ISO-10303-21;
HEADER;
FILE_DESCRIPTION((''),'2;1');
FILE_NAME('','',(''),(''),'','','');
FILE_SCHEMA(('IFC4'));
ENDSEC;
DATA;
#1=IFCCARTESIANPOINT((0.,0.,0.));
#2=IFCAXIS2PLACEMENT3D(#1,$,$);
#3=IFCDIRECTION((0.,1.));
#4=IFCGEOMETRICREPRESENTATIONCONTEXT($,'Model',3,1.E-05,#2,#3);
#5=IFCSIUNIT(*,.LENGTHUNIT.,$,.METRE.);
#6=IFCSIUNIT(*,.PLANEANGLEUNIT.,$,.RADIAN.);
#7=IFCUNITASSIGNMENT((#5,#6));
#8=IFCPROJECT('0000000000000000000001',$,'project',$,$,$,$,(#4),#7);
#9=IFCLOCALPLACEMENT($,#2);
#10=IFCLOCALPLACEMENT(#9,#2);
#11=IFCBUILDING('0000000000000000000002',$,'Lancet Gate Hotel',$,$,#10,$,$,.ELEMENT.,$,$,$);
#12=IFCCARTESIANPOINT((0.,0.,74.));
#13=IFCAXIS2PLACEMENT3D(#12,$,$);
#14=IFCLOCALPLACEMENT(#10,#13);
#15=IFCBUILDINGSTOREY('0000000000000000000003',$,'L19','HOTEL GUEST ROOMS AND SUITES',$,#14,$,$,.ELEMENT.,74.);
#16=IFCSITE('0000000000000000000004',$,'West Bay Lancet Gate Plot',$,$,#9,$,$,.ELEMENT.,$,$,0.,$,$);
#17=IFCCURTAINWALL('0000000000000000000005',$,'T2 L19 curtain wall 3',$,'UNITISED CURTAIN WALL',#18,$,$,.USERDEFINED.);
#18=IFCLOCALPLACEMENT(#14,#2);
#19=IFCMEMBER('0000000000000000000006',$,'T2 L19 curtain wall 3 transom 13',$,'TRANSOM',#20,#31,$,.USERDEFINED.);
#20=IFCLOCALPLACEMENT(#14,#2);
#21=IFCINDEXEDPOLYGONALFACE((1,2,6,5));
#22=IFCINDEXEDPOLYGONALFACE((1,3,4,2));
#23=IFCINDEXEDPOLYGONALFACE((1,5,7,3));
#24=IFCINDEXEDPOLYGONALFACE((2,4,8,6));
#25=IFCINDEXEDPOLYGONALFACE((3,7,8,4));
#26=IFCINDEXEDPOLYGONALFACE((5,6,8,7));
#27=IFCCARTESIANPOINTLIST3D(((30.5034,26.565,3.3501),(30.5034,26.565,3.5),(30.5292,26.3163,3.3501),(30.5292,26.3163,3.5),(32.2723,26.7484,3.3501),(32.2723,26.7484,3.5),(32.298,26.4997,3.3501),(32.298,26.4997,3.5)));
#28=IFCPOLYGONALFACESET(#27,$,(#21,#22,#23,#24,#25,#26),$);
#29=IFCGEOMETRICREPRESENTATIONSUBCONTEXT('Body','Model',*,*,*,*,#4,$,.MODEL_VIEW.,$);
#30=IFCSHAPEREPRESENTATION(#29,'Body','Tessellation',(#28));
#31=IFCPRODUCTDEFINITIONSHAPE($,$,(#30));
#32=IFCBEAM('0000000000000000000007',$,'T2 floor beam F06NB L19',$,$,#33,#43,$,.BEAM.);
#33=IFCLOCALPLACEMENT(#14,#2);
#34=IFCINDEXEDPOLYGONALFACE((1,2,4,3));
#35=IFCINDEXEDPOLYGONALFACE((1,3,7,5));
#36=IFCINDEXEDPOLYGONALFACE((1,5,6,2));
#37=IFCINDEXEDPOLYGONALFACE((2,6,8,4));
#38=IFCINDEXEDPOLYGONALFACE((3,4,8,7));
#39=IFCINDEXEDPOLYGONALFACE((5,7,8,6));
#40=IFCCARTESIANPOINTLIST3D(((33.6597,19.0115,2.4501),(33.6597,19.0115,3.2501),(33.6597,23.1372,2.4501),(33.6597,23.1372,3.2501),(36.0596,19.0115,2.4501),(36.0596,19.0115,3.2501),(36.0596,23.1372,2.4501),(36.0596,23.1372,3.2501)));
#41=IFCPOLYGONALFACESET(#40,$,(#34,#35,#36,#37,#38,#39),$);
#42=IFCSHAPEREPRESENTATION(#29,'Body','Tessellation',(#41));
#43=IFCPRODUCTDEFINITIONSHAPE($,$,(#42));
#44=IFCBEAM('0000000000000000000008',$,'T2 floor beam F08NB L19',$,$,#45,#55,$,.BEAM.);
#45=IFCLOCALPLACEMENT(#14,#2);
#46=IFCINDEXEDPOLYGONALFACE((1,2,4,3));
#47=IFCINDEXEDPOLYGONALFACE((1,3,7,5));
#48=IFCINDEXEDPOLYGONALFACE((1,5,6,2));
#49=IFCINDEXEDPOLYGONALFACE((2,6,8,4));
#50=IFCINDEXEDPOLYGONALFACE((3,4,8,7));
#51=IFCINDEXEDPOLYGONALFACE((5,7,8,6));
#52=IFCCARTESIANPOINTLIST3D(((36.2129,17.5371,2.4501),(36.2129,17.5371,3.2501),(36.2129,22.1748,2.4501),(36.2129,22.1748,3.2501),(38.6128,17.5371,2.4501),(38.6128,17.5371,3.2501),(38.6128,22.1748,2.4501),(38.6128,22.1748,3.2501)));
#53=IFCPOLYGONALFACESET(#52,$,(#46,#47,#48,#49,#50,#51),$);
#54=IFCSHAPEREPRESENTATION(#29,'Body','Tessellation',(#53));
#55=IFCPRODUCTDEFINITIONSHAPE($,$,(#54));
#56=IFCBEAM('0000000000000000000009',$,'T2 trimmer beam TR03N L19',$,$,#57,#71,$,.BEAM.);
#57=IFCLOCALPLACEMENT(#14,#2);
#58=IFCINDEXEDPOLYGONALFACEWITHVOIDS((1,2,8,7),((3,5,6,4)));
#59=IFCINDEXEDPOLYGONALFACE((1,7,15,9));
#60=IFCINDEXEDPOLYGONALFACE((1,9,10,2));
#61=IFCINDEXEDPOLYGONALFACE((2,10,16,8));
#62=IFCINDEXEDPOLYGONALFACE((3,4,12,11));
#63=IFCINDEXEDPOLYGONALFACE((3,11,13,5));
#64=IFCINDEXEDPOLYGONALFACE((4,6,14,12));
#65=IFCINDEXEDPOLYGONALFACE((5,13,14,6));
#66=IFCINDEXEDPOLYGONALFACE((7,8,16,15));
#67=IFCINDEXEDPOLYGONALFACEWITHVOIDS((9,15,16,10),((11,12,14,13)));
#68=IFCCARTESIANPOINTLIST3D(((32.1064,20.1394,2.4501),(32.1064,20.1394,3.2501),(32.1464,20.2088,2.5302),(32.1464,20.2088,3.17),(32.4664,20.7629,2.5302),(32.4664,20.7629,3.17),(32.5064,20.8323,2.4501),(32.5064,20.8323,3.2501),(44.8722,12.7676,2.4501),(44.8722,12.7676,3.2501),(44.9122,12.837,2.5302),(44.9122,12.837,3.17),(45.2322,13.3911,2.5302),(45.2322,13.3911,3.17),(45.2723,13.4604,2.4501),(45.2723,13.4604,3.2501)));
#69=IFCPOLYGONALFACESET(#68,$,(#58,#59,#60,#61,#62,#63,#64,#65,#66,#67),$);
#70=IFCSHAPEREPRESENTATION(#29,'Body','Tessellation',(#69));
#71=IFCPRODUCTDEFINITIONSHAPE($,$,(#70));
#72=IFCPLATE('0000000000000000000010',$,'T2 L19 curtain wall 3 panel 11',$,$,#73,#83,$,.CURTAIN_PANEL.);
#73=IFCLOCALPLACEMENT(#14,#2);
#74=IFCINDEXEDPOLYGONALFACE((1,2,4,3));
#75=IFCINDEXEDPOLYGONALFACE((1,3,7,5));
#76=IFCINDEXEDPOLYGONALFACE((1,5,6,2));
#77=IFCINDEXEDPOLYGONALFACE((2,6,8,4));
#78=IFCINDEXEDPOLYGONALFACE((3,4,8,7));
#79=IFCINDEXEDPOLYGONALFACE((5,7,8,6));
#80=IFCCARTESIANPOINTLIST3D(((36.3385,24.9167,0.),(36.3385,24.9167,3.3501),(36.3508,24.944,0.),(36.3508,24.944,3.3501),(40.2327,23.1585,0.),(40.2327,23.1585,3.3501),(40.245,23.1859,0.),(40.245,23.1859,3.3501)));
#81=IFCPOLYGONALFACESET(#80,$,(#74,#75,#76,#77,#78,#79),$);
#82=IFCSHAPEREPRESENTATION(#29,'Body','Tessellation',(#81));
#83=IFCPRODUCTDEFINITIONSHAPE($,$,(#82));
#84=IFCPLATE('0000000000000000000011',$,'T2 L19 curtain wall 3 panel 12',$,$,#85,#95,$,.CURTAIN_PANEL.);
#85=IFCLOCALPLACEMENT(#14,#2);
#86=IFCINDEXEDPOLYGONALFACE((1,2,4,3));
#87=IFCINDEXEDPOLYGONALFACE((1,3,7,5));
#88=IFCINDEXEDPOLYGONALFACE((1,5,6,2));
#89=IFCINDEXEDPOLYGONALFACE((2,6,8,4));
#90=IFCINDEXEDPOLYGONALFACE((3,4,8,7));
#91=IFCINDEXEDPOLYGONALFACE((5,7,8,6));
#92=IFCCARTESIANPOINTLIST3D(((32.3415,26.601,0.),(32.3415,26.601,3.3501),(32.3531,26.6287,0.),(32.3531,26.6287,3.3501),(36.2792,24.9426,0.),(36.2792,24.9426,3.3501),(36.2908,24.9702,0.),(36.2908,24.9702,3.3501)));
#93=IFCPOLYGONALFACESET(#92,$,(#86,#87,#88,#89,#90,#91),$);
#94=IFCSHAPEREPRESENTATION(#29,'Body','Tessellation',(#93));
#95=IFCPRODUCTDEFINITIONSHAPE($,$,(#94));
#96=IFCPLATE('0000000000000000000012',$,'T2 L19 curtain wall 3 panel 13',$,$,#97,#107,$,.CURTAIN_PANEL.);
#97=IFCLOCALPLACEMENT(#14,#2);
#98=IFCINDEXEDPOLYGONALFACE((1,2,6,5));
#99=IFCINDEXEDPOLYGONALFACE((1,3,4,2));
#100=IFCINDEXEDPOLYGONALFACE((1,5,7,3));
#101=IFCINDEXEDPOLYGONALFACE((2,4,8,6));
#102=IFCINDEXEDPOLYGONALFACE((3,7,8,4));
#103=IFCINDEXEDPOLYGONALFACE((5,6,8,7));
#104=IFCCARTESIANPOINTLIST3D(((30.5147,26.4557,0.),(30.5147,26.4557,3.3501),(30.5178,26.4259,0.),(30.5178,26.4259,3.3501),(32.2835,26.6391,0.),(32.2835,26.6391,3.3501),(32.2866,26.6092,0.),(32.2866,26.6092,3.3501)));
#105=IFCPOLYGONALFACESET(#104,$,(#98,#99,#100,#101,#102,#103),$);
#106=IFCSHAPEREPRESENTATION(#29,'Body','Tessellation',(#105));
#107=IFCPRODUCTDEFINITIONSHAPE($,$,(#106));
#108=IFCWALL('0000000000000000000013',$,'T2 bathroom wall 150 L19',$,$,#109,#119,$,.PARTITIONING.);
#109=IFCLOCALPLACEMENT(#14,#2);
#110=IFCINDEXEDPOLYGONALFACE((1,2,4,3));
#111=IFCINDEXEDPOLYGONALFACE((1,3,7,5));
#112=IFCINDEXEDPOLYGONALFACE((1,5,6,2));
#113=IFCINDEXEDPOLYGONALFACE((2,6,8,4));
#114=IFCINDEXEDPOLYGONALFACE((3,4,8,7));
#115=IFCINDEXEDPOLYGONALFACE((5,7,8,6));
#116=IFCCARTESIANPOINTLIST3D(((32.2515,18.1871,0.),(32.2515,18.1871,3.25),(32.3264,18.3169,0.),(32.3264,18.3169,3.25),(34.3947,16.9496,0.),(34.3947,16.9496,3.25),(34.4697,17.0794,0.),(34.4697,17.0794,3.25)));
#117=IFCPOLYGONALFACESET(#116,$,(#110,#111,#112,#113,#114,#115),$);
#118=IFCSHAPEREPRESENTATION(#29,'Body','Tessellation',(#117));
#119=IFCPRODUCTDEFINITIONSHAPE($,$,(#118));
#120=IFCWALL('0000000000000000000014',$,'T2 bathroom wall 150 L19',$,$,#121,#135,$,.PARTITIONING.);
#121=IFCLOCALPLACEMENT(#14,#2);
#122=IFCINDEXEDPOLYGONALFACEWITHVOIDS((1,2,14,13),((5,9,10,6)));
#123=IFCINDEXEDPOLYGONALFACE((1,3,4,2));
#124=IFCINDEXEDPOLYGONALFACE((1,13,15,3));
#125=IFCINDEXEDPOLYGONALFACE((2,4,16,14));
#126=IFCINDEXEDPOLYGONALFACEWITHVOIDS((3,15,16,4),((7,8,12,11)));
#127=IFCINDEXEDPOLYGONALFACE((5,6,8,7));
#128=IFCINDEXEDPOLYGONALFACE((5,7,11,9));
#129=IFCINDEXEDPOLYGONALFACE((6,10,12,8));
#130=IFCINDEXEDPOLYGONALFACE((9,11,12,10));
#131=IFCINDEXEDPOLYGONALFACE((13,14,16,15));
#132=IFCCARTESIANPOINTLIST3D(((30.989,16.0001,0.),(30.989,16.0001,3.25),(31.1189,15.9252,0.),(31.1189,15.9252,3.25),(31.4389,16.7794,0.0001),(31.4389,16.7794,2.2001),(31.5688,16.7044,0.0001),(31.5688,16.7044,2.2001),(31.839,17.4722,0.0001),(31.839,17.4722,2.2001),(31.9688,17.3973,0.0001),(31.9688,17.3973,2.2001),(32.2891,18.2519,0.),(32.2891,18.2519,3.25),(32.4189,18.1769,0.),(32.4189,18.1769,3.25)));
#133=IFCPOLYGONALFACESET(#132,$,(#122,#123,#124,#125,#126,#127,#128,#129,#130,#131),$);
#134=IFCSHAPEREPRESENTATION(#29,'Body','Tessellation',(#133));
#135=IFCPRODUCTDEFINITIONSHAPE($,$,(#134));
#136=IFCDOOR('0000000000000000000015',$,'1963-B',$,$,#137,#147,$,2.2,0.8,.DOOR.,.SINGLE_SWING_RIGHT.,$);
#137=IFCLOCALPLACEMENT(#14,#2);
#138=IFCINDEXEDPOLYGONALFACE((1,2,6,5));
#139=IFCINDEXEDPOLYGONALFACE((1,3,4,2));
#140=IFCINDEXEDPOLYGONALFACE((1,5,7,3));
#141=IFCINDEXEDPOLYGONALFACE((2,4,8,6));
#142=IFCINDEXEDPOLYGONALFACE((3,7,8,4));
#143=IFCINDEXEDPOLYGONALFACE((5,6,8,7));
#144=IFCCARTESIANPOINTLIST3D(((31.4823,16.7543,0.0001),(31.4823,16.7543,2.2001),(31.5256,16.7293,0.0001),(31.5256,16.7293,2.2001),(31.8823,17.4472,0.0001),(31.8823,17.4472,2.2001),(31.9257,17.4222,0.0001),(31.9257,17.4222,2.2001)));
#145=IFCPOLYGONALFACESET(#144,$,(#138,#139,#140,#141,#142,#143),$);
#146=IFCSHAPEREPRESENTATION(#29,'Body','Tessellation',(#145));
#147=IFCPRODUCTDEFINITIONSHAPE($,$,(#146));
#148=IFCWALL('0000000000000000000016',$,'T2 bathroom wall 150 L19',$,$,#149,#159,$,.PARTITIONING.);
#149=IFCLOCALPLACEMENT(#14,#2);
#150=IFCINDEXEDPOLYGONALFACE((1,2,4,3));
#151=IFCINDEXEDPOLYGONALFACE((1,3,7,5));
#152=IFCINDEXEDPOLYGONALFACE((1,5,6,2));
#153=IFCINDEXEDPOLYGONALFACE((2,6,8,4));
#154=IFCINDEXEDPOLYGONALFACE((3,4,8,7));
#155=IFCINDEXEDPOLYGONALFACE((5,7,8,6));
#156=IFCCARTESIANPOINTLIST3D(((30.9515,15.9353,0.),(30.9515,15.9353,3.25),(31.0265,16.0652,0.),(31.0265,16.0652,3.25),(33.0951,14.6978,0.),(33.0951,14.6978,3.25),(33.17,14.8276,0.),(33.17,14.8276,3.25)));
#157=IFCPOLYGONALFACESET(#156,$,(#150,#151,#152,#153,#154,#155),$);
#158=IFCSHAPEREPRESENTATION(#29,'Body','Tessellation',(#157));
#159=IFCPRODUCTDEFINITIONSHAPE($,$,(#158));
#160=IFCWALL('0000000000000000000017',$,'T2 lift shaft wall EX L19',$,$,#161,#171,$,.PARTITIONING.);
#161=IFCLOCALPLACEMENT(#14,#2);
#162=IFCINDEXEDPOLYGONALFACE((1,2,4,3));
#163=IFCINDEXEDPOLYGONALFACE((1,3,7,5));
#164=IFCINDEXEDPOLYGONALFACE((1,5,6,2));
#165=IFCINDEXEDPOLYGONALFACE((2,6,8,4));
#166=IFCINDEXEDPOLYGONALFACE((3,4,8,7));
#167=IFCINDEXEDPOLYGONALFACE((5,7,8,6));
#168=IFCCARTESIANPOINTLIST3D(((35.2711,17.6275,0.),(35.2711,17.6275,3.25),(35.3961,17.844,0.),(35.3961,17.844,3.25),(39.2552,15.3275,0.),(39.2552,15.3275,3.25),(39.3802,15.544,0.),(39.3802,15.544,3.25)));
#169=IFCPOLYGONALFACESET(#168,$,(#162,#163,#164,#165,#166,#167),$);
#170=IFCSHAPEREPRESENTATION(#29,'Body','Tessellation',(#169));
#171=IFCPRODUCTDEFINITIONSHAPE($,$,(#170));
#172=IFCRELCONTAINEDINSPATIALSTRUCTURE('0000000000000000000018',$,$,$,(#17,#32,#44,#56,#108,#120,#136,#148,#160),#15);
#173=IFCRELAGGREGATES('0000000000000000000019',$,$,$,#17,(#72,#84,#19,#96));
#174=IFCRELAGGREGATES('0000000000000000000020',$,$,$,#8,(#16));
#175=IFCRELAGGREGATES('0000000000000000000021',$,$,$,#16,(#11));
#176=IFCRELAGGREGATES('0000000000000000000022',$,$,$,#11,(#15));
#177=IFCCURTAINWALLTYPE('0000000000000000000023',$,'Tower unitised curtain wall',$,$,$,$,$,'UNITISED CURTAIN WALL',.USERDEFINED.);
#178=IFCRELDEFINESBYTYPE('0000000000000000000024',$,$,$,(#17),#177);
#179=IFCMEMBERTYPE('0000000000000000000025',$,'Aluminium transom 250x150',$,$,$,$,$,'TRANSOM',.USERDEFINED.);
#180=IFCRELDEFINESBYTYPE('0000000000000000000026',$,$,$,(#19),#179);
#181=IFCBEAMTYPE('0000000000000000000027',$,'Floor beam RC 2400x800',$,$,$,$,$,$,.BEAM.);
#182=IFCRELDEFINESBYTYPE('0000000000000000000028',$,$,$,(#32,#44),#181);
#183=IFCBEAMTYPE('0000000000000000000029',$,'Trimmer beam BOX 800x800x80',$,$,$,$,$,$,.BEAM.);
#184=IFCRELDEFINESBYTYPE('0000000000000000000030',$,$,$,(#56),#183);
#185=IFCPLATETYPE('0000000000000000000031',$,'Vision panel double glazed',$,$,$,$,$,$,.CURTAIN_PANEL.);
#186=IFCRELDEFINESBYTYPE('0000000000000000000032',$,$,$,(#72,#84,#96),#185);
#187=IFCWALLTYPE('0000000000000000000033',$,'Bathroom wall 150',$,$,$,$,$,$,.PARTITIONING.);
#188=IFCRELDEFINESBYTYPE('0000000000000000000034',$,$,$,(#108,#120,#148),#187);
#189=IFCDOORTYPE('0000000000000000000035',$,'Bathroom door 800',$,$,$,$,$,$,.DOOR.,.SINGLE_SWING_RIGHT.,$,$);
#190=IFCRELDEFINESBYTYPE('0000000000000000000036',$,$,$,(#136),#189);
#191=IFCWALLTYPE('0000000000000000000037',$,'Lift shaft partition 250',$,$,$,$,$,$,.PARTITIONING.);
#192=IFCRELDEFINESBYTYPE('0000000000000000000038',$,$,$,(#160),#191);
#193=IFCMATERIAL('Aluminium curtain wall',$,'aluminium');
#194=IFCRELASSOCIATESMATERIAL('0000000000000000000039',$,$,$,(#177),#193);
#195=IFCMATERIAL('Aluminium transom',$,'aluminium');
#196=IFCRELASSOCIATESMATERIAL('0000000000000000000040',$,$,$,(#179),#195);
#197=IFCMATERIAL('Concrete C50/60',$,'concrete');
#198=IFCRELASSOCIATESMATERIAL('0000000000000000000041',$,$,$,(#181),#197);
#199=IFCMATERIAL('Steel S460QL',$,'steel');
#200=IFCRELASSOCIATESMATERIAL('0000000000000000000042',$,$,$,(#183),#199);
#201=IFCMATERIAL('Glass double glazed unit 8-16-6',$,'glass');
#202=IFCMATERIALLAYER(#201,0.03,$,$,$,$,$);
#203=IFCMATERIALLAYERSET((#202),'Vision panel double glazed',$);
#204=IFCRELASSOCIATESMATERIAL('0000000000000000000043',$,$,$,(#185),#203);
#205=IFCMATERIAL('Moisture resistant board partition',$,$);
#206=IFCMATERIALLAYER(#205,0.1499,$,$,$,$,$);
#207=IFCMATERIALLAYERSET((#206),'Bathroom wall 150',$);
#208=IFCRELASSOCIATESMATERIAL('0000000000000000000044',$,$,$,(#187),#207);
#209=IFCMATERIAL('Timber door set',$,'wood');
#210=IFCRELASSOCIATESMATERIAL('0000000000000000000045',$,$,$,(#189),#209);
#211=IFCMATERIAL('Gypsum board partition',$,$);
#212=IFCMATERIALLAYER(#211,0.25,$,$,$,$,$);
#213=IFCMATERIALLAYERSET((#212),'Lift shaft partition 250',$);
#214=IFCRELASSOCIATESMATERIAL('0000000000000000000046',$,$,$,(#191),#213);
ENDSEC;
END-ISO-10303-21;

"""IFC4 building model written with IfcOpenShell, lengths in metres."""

from ifc_helpers import new_model, si_unit, direction, frame, frame_2d, origin, origin_2d, place, context, subcontext, project, spatial, rectangle, hollow_rectangle, extrude, material, layer, layer_set, material_profile, profile_set, type_object, element, fill, aggregate, save


model = new_model("IFC4")

# Units and contexts
model_context = context("Model", 3, precision=1e-05, world=origin(), true_north=direction((0.0, 1.0)))
body_context = subcontext(model_context, "Body", "Model", "MODEL_VIEW")
ifc_project = project(units=[si_unit("LENGTHUNIT", "METRE"), si_unit("PLANEANGLEUNIT", "RADIAN")], contexts=[model_context])

# Site, building, storey
site_placement = place(None, origin())
site = spatial("IfcSite", under=ifc_project, at=site_placement, Name="West Bay Lancet Gate Plot", CompositionType="ELEMENT", RefElevation=0.0)
building_placement = place(site_placement, origin())
building = spatial("IfcBuilding", under=site, at=building_placement, Name="Lancet Gate Hotel", CompositionType="ELEMENT")
storey_placement = place(building_placement, frame((0.0, 0.0, 74.0)))
storey = spatial("IfcBuildingStorey", under=building, at=storey_placement, Name="L19", Description="HOTEL GUEST ROOMS AND SUITES", CompositionType="ELEMENT", Elevation=74.0)

# Curtain wall, member
ifc_material_1 = material(Name="Aluminium curtain wall", Category="aluminium")
curtain_wall_type = type_object("IfcCurtainWallType", Name="Tower unitised curtain wall", ElementType="UNITISED CURTAIN WALL", PredefinedType="USERDEFINED", material=ifc_material_1)
curtain_wall_placement = place(storey_placement, origin())
curtain_wall = element("IfcCurtainWall", 1, at=curtain_wall_placement, inside=storey, type_object=curtain_wall_type, Name="T2 L19 curtain wall 3", ObjectType="UNITISED CURTAIN WALL", PredefinedType="USERDEFINED")
ifc_material_2 = material(Name="Aluminium transom", Category="aluminium")
ifc_material_profile_1 = material_profile(ifc_material_2, rectangle(XDim=0.25, YDim=0.1499, at=origin_2d()), Name="TRANSOM 250x150")
ifc_profile_set_1 = profile_set([ifc_material_profile_1], Name="Aluminium transom")
member_type_1 = type_object("IfcMemberType", Name="Aluminium transom 250x150", ElementType="TRANSOM", PredefinedType="USERDEFINED", material=ifc_profile_set_1)
member_1_placement = place(storey_placement, frame((32.2852, 26.624, 3.425), z_axis=(-0.99467, -0.103105, 0.0), x_axis=(0.103105, -0.99467, 0.0)))
member_1 = element("IfcMember", 2, at=member_1_placement, type_object=member_type_1, Name="T2 L19 curtain wall 3 transom 13", ObjectType="TRANSOM", PredefinedType="USERDEFINED", context=body_context, shape_type="SweptSolid", body=[
    extrude(rectangle(XDim=0.25, YDim=0.1499, at=origin_2d()), origin(), (0.0, 0.0, 1.0), 1.7783),
])

# Beams
ifc_material_3 = material(Name="Concrete C50/60", Category="concrete")
ifc_material_profile_2 = material_profile(ifc_material_3, rectangle(XDim=2.3999, YDim=0.8, at=origin_2d()), Name="RC 2400x800")
ifc_profile_set_2 = profile_set([ifc_material_profile_2], Name="Concrete C50/60")
beam_type_1 = type_object("IfcBeamType", Name="Floor beam RC 2400x800", PredefinedType="BEAM", material=ifc_profile_set_2)
beam_1_placement = place(storey_placement, frame((34.8596, 19.0115, 2.8501), z_axis=(0.0, 1.0, 0.0), x_axis=(-1.0, 0.0, 0.0)))
element("IfcBeam", 3, at=beam_1_placement, inside=storey, type_object=beam_type_1, Name="T2 floor beam F06NB L19", PredefinedType="BEAM", context=body_context, shape_type="SweptSolid", body=[
    extrude(rectangle(XDim=2.3999, YDim=0.8, at=origin_2d()), origin(), (0.0, 0.0, 1.0), 4.1257),
])
beam_2_placement = place(storey_placement, frame((37.4128, 17.5371, 2.8501), z_axis=(0.0, 1.0, 0.0), x_axis=(-1.0, 0.0, 0.0)))
element("IfcBeam", 4, at=beam_2_placement, inside=storey, type_object=beam_type_1, Name="T2 floor beam F08NB L19", PredefinedType="BEAM", context=body_context, shape_type="SweptSolid", body=[
    extrude(rectangle(XDim=2.3999, YDim=0.8, at=origin_2d()), origin(), (0.0, 0.0, 1.0), 4.6377),
])
ifc_material_4 = material(Name="Steel S460QL", Category="steel")
ifc_material_profile_3 = material_profile(ifc_material_4, hollow_rectangle(XDim=0.8, YDim=0.8, WallThickness=0.0801, at=origin_2d()), Name="BOX 800x800x80")
ifc_profile_set_3 = profile_set([ifc_material_profile_3], Name="Steel S460QL")
beam_type_2 = type_object("IfcBeamType", Name="Trimmer beam BOX 800x800x80", PredefinedType="BEAM", material=ifc_profile_set_3)
beam_3_placement = place(storey_placement, frame((32.3064, 20.4858, 2.8501), z_axis=(0.865983, -0.500074, 0.0), x_axis=(0.500074, 0.865983, 0.0)))
element("IfcBeam", 5, at=beam_3_placement, inside=storey, type_object=beam_type_2, Name="T2 trimmer beam TR03N L19", PredefinedType="BEAM", context=body_context, shape_type="SweptSolid", body=[
    extrude(hollow_rectangle(XDim=0.8, YDim=0.8, WallThickness=0.0801, at=origin_2d()), origin(), (0.0, 0.0, 1.0), 14.7415),
])

# Plates
ifc_material_5 = material(Name="Glass double glazed unit 8-16-6", Category="glass")
ifc_layer_1 = layer(ifc_material_5, 0.03)
ifc_layer_set_1 = layer_set([ifc_layer_1], Name="Vision panel double glazed")
plate_type = type_object("IfcPlateType", Name="Vision panel double glazed", PredefinedType="CURTAIN_PANEL", material=ifc_layer_set_1)
plate_1_placement = place(storey_placement, frame((38.2917, 24.0513, 0.0), z_axis=(0.0, 0.0, 1.0), x_axis=(-0.911416, 0.411487, 0.0)))
plate_1 = element("IfcPlate", 6, at=plate_1_placement, type_object=plate_type, Name="T2 L19 curtain wall 3 panel 11", PredefinedType="CURTAIN_PANEL", context=body_context, shape_type="SweptSolid", body=[
    extrude(rectangle(XDim=4.2727, YDim=0.03, at=origin_2d()), origin(), (0.0, 0.0, 1.0), 3.3501),
])
plate_2_placement = place(storey_placement, frame((34.3162, 25.7856, 0.0), z_axis=(0.0, 0.0, 1.0), x_axis=(-0.921593, 0.388157, 0.0)))
plate_2 = element("IfcPlate", 7, at=plate_2_placement, type_object=plate_type, Name="T2 L19 curtain wall 3 panel 12", PredefinedType="CURTAIN_PANEL", context=body_context, shape_type="SweptSolid", body=[
    extrude(rectangle(XDim=4.2727, YDim=0.03, at=origin_2d()), origin(), (0.0, 0.0, 1.0), 3.3501),
])
plate_3_placement = place(storey_placement, frame((31.4006, 26.5325, 0.0), z_axis=(0.0, 0.0, 1.0), x_axis=(-0.994672, -0.103088, 0.0)))
plate_3 = element("IfcPlate", 8, at=plate_3_placement, type_object=plate_type, Name="T2 L19 curtain wall 3 panel 13", PredefinedType="CURTAIN_PANEL", context=body_context, shape_type="SweptSolid", body=[
    extrude(rectangle(XDim=1.7783, YDim=0.03, at=origin_2d()), origin(), (0.0, 0.0, 1.0), 3.3501),
])
aggregate(curtain_wall, [plate_1, plate_2, member_1, plate_3])

# Wall
ifc_material_6 = material(Name="Moisture resistant board partition")
ifc_layer_2 = layer(ifc_material_6, 0.1499)
ifc_layer_set_2 = layer_set([ifc_layer_2], Name="Bathroom wall 150")
wall_type_1 = type_object("IfcWallType", Name="Bathroom wall 150", PredefinedType="PARTITIONING", material=ifc_layer_set_2)
wall_1_placement = place(storey_placement, frame((32.2891, 18.252, 0.0), z_axis=(0.0, 0.0, 1.0), x_axis=(0.866007, -0.500033, 0.0)))
element("IfcWall", 9, at=wall_1_placement, inside=storey, type_object=wall_type_1, Name="T2 bathroom wall 150 L19", PredefinedType="PARTITIONING", context=body_context, shape_type="SweptSolid", body=[
    extrude(rectangle(XDim=2.4749, YDim=0.1499, at=frame_2d((1.2373, 0.0))), origin(), (0.0, 0.0, 1.0), 3.25),
])

# Wall, opening, door
wall_2_placement = place(storey_placement, frame((31.054, 15.9626, 0.0), z_axis=(0.0, 0.0, 1.0), x_axis=(0.500007, 0.866021, 0.0)))
wall_2 = element("IfcWall", 10, at=wall_2_placement, inside=storey, type_object=wall_type_1, Name="T2 bathroom wall 150 L19", PredefinedType="PARTITIONING", context=body_context, shape_type="SweptSolid", body=[
    extrude(rectangle(XDim=2.6001, YDim=0.1499, at=frame_2d((1.3, 0.0))), origin(), (0.0, 0.0, 1.0), 3.25),
])
opening_placement = place(wall_2_placement, frame((0.8999, 0.0, 0.0)))
opening = element("IfcOpeningElement", 11, at=opening_placement, cuts=wall_2, PredefinedType="OPENING", context=body_context, shape_type="SweptSolid", body=[
    extrude(rectangle(XDim=0.8, YDim=2.2, at=frame_2d((0.3999, 1.1001))), frame((0.0, 0.085, 0.0), z_axis=(0.0, -1.0, 0.0), x_axis=(1.0, 0.0, 0.0)), (0.0, 0.0, 1.0), 0.1699),
])
ifc_material_7 = material(Name="Timber door set", Category="wood")
door_type = type_object("IfcDoorType", Name="Bathroom door 800", OperationType="SINGLE_SWING_RIGHT", PredefinedType="DOOR", material=ifc_material_7)
door_placement = place(opening_placement, origin())
door = element("IfcDoor", 12, at=door_placement, inside=storey, type_object=door_type, Name="1963-B", OperationType="SINGLE_SWING_RIGHT", OverallHeight=2.2, OverallWidth=0.8, PredefinedType="DOOR", context=body_context, shape_type="SweptSolid", body=[
    extrude(rectangle(XDim=0.8, YDim=2.2, at=frame_2d((0.3999, 1.1001))), frame((0.0, 0.0249, 0.0), z_axis=(0.0, -1.0, 0.0), x_axis=(1.0, 0.0, 0.0)), (0.0, 0.0, 1.0), 0.05),
])
fill(opening, door)

# Walls
wall_3_placement = place(storey_placement, frame((30.989, 16.0002, 0.0), z_axis=(0.0, 0.0, 1.0), x_axis=(0.866031, -0.49999, 0.0)))
element("IfcWall", 13, at=wall_3_placement, inside=storey, type_object=wall_type_1, Name="T2 bathroom wall 150 L19", PredefinedType="PARTITIONING", context=body_context, shape_type="SweptSolid", body=[
    extrude(rectangle(XDim=2.4751, YDim=0.1499, at=frame_2d((1.2375, 0.0))), origin(), (0.0, 0.0, 1.0), 3.25),
])
ifc_material_8 = material(Name="Gypsum board partition")
ifc_layer_3 = layer(ifc_material_8, 0.25)
ifc_layer_set_3 = layer_set([ifc_layer_3], Name="Lift shaft partition 250")
wall_type_2 = type_object("IfcWallType", Name="Lift shaft partition 250", PredefinedType="PARTITIONING", material=ifc_layer_set_3)
wall_4_placement = place(storey_placement, frame((35.3335, 17.7358, 0.0), z_axis=(0.0, 0.0, 1.0), x_axis=(0.866043, -0.499969, 0.0)))
element("IfcWall", 14, at=wall_4_placement, inside=storey, type_object=wall_type_2, Name="T2 lift shaft wall EX L19", PredefinedType="PARTITIONING", context=body_context, shape_type="SweptSolid", body=[
    extrude(rectangle(XDim=4.6003, YDim=0.25, at=frame_2d((2.3003, 0.0))), origin(), (0.0, 0.0, 1.0), 3.25),
])

save(model, "model.ifc")
